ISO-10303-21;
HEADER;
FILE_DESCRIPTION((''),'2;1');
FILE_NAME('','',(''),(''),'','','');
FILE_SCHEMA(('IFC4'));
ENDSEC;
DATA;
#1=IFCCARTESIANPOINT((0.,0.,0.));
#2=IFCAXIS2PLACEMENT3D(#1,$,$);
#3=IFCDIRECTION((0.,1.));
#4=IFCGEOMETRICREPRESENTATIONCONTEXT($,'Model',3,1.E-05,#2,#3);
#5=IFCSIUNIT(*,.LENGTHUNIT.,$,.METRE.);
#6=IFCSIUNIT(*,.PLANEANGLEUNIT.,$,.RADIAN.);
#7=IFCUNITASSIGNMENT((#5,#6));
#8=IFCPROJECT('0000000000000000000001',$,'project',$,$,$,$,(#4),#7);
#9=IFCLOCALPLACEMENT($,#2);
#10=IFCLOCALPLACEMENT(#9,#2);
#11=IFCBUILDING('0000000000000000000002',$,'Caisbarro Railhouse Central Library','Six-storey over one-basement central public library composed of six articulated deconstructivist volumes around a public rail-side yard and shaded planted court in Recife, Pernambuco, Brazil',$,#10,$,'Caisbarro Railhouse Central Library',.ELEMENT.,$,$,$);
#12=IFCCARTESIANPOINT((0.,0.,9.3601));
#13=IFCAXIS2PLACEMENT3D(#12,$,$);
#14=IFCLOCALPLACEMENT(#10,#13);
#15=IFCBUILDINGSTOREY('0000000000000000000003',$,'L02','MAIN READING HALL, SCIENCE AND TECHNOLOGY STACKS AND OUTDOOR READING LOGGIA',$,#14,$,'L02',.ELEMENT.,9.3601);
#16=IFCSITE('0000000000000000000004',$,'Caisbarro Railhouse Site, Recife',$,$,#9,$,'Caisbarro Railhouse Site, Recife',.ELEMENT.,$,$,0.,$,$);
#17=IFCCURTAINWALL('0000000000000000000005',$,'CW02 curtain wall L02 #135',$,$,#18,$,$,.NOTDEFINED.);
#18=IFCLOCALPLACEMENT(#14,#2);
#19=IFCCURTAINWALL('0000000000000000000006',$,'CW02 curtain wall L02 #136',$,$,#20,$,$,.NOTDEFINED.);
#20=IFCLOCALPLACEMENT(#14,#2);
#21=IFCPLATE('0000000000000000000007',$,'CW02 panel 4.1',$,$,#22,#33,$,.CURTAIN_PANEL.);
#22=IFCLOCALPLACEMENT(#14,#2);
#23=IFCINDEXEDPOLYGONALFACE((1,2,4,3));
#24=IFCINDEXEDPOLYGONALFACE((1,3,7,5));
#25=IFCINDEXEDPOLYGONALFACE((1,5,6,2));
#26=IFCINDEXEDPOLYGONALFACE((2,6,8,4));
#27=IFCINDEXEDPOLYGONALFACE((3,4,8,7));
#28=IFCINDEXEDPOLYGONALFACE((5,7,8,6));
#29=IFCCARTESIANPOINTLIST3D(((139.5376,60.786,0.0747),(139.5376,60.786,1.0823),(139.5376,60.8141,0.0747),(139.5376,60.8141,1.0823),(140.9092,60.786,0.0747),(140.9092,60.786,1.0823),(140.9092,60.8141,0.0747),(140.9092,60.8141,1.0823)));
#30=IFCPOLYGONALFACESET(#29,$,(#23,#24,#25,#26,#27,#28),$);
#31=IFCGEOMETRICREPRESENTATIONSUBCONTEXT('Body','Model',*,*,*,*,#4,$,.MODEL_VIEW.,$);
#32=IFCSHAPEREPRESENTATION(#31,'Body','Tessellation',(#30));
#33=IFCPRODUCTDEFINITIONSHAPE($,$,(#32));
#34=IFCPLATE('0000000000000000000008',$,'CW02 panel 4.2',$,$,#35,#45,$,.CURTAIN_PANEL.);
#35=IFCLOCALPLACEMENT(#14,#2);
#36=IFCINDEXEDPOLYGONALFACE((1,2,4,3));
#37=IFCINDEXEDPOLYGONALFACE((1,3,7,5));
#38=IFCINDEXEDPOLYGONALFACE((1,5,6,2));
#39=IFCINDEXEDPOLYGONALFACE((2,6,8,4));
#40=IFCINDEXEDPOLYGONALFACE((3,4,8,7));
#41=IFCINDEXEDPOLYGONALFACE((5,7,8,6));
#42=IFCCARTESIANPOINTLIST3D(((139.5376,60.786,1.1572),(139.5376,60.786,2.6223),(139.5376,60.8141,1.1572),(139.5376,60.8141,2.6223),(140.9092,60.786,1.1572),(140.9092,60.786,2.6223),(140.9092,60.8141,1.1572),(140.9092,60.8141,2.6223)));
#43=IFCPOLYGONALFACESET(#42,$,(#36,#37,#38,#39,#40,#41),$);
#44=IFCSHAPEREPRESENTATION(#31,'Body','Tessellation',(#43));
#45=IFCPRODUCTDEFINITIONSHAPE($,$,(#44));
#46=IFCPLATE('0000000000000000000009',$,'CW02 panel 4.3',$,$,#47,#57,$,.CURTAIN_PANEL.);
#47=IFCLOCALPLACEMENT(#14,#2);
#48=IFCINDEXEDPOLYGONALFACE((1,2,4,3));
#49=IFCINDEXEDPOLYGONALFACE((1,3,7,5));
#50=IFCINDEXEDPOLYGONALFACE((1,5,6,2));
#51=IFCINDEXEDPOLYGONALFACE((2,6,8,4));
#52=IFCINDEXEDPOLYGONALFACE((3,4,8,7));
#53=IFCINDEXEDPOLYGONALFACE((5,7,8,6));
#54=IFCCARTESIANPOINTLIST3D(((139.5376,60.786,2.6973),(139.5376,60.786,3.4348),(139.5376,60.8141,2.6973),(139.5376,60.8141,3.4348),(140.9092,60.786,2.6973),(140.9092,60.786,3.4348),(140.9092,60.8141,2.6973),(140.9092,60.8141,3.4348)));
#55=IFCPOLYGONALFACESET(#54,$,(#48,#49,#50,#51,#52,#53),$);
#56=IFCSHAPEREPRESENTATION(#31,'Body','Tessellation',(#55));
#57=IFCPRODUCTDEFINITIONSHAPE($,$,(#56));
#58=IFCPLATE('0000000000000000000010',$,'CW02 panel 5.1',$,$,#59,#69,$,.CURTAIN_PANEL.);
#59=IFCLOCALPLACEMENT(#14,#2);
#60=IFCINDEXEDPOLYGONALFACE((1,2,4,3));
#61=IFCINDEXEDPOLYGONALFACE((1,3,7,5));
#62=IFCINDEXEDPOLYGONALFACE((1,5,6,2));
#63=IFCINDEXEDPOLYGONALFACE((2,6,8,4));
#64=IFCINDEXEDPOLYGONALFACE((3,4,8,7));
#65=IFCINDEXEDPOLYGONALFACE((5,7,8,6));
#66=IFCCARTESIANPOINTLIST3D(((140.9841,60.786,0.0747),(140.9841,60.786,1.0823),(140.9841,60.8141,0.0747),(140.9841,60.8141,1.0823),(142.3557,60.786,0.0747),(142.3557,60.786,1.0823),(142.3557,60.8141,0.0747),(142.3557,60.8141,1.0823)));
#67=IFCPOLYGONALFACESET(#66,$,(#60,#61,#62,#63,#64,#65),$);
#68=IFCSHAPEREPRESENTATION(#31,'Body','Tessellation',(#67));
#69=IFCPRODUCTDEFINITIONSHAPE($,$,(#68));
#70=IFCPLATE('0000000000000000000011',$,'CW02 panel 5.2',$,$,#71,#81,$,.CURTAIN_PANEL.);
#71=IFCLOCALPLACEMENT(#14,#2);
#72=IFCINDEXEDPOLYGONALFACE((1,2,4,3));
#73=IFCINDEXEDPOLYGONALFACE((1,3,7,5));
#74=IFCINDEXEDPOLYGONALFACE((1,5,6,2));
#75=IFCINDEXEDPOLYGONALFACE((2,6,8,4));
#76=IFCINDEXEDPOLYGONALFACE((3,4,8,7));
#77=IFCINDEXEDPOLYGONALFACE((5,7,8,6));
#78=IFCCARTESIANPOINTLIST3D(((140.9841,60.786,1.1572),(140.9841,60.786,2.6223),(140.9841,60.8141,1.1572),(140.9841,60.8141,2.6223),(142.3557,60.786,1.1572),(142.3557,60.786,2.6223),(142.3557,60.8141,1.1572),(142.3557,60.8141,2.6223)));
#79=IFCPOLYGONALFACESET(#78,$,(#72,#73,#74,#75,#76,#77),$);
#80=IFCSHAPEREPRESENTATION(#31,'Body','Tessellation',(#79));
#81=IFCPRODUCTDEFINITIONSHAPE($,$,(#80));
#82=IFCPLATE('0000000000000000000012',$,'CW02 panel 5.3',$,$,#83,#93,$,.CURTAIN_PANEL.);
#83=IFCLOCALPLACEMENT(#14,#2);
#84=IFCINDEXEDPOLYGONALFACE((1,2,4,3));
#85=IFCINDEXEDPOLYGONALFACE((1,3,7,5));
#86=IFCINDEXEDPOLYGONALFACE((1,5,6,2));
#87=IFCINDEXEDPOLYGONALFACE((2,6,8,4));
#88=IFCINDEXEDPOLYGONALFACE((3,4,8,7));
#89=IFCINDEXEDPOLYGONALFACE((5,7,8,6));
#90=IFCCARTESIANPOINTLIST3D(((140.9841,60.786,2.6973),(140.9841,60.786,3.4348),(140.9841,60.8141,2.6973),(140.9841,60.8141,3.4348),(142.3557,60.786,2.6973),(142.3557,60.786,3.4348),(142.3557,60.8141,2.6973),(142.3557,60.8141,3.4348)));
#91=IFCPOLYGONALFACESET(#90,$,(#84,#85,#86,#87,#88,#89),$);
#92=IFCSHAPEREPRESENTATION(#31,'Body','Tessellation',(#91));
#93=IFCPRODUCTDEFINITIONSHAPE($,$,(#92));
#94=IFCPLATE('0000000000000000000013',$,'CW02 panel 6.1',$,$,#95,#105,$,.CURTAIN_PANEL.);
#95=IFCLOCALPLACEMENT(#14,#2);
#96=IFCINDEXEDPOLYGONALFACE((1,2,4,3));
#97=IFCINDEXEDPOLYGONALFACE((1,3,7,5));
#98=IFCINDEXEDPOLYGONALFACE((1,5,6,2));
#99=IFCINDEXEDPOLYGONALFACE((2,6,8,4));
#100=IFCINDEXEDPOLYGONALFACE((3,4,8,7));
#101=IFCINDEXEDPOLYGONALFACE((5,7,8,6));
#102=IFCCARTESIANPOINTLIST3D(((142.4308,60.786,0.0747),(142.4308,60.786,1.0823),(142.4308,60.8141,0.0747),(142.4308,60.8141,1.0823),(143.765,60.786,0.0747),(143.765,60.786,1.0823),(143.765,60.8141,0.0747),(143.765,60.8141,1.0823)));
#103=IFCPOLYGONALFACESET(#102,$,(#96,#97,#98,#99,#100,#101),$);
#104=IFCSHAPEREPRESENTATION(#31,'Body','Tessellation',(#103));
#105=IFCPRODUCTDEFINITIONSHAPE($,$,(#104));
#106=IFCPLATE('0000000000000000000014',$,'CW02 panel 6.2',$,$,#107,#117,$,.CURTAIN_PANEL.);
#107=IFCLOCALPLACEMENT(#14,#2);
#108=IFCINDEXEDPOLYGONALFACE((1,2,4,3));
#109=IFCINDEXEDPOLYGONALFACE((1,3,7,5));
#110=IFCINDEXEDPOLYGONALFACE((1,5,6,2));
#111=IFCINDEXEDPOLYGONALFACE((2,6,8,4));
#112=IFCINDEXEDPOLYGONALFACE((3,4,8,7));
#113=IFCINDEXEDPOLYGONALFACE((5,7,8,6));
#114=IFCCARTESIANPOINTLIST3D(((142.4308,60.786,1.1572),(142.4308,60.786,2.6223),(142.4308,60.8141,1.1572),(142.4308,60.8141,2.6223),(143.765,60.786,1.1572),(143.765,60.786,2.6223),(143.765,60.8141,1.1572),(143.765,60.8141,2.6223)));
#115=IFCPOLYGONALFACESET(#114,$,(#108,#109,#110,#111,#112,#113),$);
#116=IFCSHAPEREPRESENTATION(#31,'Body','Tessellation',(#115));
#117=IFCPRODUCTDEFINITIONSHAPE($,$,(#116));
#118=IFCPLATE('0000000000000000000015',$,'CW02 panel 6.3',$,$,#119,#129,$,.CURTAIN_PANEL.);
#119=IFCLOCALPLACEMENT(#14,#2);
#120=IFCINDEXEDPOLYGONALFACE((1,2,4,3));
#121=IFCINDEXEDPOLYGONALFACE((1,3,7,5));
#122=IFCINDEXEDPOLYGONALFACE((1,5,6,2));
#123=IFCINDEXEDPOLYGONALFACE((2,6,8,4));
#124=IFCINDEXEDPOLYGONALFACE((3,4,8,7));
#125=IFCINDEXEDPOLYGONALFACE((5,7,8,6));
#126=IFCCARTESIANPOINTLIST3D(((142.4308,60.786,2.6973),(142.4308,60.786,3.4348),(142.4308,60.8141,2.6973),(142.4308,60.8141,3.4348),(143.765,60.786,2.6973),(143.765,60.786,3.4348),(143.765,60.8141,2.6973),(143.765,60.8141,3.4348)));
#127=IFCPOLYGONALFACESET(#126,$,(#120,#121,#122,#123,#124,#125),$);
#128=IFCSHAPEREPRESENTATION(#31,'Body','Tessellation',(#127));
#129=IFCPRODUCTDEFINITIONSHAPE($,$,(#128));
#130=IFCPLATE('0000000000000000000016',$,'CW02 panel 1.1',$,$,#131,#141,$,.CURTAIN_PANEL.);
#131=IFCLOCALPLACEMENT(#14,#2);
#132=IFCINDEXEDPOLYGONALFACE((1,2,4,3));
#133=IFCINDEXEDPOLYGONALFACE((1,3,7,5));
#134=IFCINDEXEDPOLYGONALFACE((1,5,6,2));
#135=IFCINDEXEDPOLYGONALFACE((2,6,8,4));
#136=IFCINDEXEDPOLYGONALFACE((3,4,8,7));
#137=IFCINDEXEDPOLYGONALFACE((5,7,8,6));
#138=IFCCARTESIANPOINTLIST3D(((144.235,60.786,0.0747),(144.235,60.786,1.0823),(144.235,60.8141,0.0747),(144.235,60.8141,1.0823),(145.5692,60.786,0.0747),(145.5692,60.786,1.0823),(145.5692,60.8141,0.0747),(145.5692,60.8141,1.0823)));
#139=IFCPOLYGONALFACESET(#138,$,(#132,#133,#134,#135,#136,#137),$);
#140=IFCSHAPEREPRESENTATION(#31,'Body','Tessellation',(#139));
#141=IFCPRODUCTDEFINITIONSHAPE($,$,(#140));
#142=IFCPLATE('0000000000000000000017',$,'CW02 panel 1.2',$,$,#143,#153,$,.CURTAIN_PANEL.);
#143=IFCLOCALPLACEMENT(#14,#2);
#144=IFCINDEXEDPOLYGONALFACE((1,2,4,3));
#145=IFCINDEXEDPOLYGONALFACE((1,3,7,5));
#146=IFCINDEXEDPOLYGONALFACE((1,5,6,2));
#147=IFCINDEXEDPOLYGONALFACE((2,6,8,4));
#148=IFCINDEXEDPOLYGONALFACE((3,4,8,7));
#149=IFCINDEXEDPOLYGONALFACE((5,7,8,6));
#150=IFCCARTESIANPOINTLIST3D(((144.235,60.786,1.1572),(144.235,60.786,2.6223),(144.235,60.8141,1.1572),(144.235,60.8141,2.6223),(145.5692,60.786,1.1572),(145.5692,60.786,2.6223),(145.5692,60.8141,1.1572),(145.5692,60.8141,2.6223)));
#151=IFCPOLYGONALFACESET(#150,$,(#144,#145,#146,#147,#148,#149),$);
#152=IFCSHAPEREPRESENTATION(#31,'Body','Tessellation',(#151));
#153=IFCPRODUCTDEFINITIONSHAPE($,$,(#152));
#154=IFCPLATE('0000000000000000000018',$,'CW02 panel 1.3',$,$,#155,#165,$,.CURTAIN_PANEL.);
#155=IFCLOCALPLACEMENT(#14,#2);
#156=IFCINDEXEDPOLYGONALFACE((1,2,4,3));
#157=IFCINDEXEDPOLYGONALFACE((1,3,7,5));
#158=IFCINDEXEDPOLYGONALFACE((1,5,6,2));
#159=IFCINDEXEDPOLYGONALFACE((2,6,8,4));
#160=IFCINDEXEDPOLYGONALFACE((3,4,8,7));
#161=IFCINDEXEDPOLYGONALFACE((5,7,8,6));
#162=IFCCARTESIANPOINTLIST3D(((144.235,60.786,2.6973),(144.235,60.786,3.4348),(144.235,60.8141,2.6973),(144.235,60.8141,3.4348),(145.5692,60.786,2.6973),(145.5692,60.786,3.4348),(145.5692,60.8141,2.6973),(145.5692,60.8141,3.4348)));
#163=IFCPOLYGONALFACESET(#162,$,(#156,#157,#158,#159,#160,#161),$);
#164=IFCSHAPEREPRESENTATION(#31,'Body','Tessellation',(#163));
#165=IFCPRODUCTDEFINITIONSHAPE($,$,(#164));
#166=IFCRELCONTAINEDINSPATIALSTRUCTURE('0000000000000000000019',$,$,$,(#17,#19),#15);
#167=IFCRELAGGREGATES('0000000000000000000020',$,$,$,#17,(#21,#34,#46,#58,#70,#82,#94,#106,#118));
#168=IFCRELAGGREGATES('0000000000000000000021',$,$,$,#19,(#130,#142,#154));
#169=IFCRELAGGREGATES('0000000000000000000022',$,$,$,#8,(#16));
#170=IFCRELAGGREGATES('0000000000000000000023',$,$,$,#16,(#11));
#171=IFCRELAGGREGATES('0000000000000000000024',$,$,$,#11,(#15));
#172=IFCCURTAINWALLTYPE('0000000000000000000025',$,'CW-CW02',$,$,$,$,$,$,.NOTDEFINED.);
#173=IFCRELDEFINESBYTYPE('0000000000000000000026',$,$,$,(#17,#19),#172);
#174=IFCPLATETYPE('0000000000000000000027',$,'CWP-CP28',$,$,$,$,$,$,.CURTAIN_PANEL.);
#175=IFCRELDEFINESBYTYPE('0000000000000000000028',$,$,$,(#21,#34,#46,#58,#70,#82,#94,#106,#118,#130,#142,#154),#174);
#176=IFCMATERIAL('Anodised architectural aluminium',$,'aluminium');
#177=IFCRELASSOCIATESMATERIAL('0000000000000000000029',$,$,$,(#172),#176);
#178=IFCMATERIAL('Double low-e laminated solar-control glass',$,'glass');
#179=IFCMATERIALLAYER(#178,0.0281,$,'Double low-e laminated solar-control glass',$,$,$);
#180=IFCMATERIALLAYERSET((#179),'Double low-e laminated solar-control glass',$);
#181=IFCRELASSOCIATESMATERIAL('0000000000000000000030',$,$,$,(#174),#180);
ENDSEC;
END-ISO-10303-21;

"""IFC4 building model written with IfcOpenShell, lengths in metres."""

from ifc_helpers import new_model, si_unit, direction, frame, origin, origin_2d, place, context, subcontext, project, spatial, rectangle, extrude, material, layer, layer_set, type_object, element, aggregate, save


model = new_model("IFC4")

# Units and contexts
model_context = context("Model", 3, precision=1e-05, world=origin(), true_north=direction((0.0, 1.0)))
body_context = subcontext(model_context, "Body", "Model", "MODEL_VIEW")
ifc_project = project(units=[si_unit("LENGTHUNIT", "METRE"), si_unit("PLANEANGLEUNIT", "RADIAN")], contexts=[model_context])

# Site, building, storey
site_placement = place(None, origin())
site = spatial("IfcSite", under=ifc_project, at=site_placement, Name="Caisbarro Railhouse Site, Recife", LongName="Caisbarro Railhouse Site, Recife", CompositionType="ELEMENT", RefElevation=0.0)
building_placement = place(site_placement, origin())
building = spatial("IfcBuilding", under=site, at=building_placement, Name="Caisbarro Railhouse Central Library", Description="Six-storey over one-basement central public library composed of six articulated deconstructivist volumes around a public rail-side yard and shaded planted court in Recife, Pernambuco, Brazil", LongName="Caisbarro Railhouse Central Library", CompositionType="ELEMENT")
storey_placement = place(building_placement, frame((0.0, 0.0, 9.3601)))
storey = spatial("IfcBuildingStorey", under=building, at=storey_placement, Name="L02", Description="MAIN READING HALL, SCIENCE AND TECHNOLOGY STACKS AND OUTDOOR READING LOGGIA", LongName="L02", CompositionType="ELEMENT", Elevation=9.3601)

# Curtain wall
ifc_material_1 = material(Name="Anodised architectural aluminium", Category="aluminium")
curtain_wall_type = type_object("IfcCurtainWallType", Name="CW-CW02", PredefinedType="NOTDEFINED", material=ifc_material_1)
curtain_wall_1_placement = place(storey_placement, origin())
curtain_wall_1 = element("IfcCurtainWall", 1, at=curtain_wall_1_placement, inside=storey, type_object=curtain_wall_type, Name="CW02 curtain wall L02 #135", PredefinedType="NOTDEFINED")

# Curtain wall
curtain_wall_2_placement = place(storey_placement, origin())
curtain_wall_2 = element("IfcCurtainWall", 2, at=curtain_wall_2_placement, inside=storey, type_object=curtain_wall_type, Name="CW02 curtain wall L02 #136", PredefinedType="NOTDEFINED")

# Plates
ifc_material_2 = material(Name="Double low-e laminated solar-control glass", Category="glass")
ifc_layer = layer(ifc_material_2, 0.0281, Name="Double low-e laminated solar-control glass")
ifc_layer_set = layer_set([ifc_layer], Name="Double low-e laminated solar-control glass")
plate_type = type_object("IfcPlateType", Name="CWP-CP28", PredefinedType="CURTAIN_PANEL", material=ifc_layer_set)
plate_1_placement = place(storey_placement, frame((140.2234, 60.8, 0.0747), z_axis=(0.0, 0.0, 1.0), x_axis=(1.0, 0.0, 0.0)))
plate_1 = element("IfcPlate", 3, at=plate_1_placement, type_object=plate_type, Name="CW02 panel 4.1", PredefinedType="CURTAIN_PANEL", context=body_context, shape_type="SweptSolid", body=[
    extrude(rectangle(XDim=1.3716, YDim=0.0281, at=origin_2d()), origin(), (0.0, 0.0, 1.0), 1.0076),
])
plate_2_placement = place(storey_placement, frame((140.2234, 60.8, 1.1572), z_axis=(0.0, 0.0, 1.0), x_axis=(1.0, 0.0, 0.0)))
plate_2 = element("IfcPlate", 4, at=plate_2_placement, type_object=plate_type, Name="CW02 panel 4.2", PredefinedType="CURTAIN_PANEL", context=body_context, shape_type="SweptSolid", body=[
    extrude(rectangle(XDim=1.3716, YDim=0.0281, at=origin_2d()), origin(), (0.0, 0.0, 1.0), 1.4651),
])
plate_3_placement = place(storey_placement, frame((140.2234, 60.8, 2.6973), z_axis=(0.0, 0.0, 1.0), x_axis=(1.0, 0.0, 0.0)))
plate_3 = element("IfcPlate", 5, at=plate_3_placement, type_object=plate_type, Name="CW02 panel 4.3", PredefinedType="CURTAIN_PANEL", context=body_context, shape_type="SweptSolid", body=[
    extrude(rectangle(XDim=1.3716, YDim=0.0281, at=origin_2d()), origin(), (0.0, 0.0, 1.0), 0.7375),
])
plate_4_placement = place(storey_placement, frame((141.6699, 60.8, 0.0747), z_axis=(0.0, 0.0, 1.0), x_axis=(1.0, 0.0, 0.0)))
plate_4 = element("IfcPlate", 6, at=plate_4_placement, type_object=plate_type, Name="CW02 panel 5.1", PredefinedType="CURTAIN_PANEL", context=body_context, shape_type="SweptSolid", body=[
    extrude(rectangle(XDim=1.3716, YDim=0.0281, at=origin_2d()), origin(), (0.0, 0.0, 1.0), 1.0076),
])
plate_5_placement = place(storey_placement, frame((141.6699, 60.8, 1.1572), z_axis=(0.0, 0.0, 1.0), x_axis=(1.0, 0.0, 0.0)))
plate_5 = element("IfcPlate", 7, at=plate_5_placement, type_object=plate_type, Name="CW02 panel 5.2", PredefinedType="CURTAIN_PANEL", context=body_context, shape_type="SweptSolid", body=[
    extrude(rectangle(XDim=1.3716, YDim=0.0281, at=origin_2d()), origin(), (0.0, 0.0, 1.0), 1.4651),
])
plate_6_placement = place(storey_placement, frame((141.6699, 60.8, 2.6973), z_axis=(0.0, 0.0, 1.0), x_axis=(1.0, 0.0, 0.0)))
plate_6 = element("IfcPlate", 8, at=plate_6_placement, type_object=plate_type, Name="CW02 panel 5.3", PredefinedType="CURTAIN_PANEL", context=body_context, shape_type="SweptSolid", body=[
    extrude(rectangle(XDim=1.3716, YDim=0.0281, at=origin_2d()), origin(), (0.0, 0.0, 1.0), 0.7375),
])
plate_7_placement = place(storey_placement, frame((143.0979, 60.8, 0.0747), z_axis=(0.0, 0.0, 1.0), x_axis=(1.0, 0.0, 0.0)))
plate_7 = element("IfcPlate", 9, at=plate_7_placement, type_object=plate_type, Name="CW02 panel 6.1", PredefinedType="CURTAIN_PANEL", context=body_context, shape_type="SweptSolid", body=[
    extrude(rectangle(XDim=1.3342, YDim=0.0281, at=origin_2d()), origin(), (0.0, 0.0, 1.0), 1.0076),
])
plate_8_placement = place(storey_placement, frame((143.0979, 60.8, 1.1572), z_axis=(0.0, 0.0, 1.0), x_axis=(1.0, 0.0, 0.0)))
plate_8 = element("IfcPlate", 10, at=plate_8_placement, type_object=plate_type, Name="CW02 panel 6.2", PredefinedType="CURTAIN_PANEL", context=body_context, shape_type="SweptSolid", body=[
    extrude(rectangle(XDim=1.3342, YDim=0.0281, at=origin_2d()), origin(), (0.0, 0.0, 1.0), 1.4651),
])
plate_9_placement = place(storey_placement, frame((143.0979, 60.8, 2.6973), z_axis=(0.0, 0.0, 1.0), x_axis=(1.0, 0.0, 0.0)))
plate_9 = element("IfcPlate", 11, at=plate_9_placement, type_object=plate_type, Name="CW02 panel 6.3", PredefinedType="CURTAIN_PANEL", context=body_context, shape_type="SweptSolid", body=[
    extrude(rectangle(XDim=1.3342, YDim=0.0281, at=origin_2d()), origin(), (0.0, 0.0, 1.0), 0.7375),
])
aggregate(curtain_wall_1, [plate_1, plate_2, plate_3, plate_4, plate_5, plate_6, plate_7, plate_8, plate_9])
plate_10_placement = place(storey_placement, frame((144.9021, 60.8, 0.0747), z_axis=(0.0, 0.0, 1.0), x_axis=(1.0, 0.0, 0.0)))
plate_10 = element("IfcPlate", 12, at=plate_10_placement, type_object=plate_type, Name="CW02 panel 1.1", PredefinedType="CURTAIN_PANEL", context=body_context, shape_type="SweptSolid", body=[
    extrude(rectangle(XDim=1.3342, YDim=0.0281, at=origin_2d()), origin(), (0.0, 0.0, 1.0), 1.0076),
])
plate_11_placement = place(storey_placement, frame((144.9021, 60.8, 1.1572), z_axis=(0.0, 0.0, 1.0), x_axis=(1.0, 0.0, 0.0)))
plate_11 = element("IfcPlate", 13, at=plate_11_placement, type_object=plate_type, Name="CW02 panel 1.2", PredefinedType="CURTAIN_PANEL", context=body_context, shape_type="SweptSolid", body=[
    extrude(rectangle(XDim=1.3342, YDim=0.0281, at=origin_2d()), origin(), (0.0, 0.0, 1.0), 1.4651),
])
plate_12_placement = place(storey_placement, frame((144.9021, 60.8, 2.6973), z_axis=(0.0, 0.0, 1.0), x_axis=(1.0, 0.0, 0.0)))
plate_12 = element("IfcPlate", 14, at=plate_12_placement, type_object=plate_type, Name="CW02 panel 1.3", PredefinedType="CURTAIN_PANEL", context=body_context, shape_type="SweptSolid", body=[
    extrude(rectangle(XDim=1.3342, YDim=0.0281, at=origin_2d()), origin(), (0.0, 0.0, 1.0), 0.7375),
])
aggregate(curtain_wall_2, [plate_10, plate_11, plate_12])

save(model, "model.ifc")
